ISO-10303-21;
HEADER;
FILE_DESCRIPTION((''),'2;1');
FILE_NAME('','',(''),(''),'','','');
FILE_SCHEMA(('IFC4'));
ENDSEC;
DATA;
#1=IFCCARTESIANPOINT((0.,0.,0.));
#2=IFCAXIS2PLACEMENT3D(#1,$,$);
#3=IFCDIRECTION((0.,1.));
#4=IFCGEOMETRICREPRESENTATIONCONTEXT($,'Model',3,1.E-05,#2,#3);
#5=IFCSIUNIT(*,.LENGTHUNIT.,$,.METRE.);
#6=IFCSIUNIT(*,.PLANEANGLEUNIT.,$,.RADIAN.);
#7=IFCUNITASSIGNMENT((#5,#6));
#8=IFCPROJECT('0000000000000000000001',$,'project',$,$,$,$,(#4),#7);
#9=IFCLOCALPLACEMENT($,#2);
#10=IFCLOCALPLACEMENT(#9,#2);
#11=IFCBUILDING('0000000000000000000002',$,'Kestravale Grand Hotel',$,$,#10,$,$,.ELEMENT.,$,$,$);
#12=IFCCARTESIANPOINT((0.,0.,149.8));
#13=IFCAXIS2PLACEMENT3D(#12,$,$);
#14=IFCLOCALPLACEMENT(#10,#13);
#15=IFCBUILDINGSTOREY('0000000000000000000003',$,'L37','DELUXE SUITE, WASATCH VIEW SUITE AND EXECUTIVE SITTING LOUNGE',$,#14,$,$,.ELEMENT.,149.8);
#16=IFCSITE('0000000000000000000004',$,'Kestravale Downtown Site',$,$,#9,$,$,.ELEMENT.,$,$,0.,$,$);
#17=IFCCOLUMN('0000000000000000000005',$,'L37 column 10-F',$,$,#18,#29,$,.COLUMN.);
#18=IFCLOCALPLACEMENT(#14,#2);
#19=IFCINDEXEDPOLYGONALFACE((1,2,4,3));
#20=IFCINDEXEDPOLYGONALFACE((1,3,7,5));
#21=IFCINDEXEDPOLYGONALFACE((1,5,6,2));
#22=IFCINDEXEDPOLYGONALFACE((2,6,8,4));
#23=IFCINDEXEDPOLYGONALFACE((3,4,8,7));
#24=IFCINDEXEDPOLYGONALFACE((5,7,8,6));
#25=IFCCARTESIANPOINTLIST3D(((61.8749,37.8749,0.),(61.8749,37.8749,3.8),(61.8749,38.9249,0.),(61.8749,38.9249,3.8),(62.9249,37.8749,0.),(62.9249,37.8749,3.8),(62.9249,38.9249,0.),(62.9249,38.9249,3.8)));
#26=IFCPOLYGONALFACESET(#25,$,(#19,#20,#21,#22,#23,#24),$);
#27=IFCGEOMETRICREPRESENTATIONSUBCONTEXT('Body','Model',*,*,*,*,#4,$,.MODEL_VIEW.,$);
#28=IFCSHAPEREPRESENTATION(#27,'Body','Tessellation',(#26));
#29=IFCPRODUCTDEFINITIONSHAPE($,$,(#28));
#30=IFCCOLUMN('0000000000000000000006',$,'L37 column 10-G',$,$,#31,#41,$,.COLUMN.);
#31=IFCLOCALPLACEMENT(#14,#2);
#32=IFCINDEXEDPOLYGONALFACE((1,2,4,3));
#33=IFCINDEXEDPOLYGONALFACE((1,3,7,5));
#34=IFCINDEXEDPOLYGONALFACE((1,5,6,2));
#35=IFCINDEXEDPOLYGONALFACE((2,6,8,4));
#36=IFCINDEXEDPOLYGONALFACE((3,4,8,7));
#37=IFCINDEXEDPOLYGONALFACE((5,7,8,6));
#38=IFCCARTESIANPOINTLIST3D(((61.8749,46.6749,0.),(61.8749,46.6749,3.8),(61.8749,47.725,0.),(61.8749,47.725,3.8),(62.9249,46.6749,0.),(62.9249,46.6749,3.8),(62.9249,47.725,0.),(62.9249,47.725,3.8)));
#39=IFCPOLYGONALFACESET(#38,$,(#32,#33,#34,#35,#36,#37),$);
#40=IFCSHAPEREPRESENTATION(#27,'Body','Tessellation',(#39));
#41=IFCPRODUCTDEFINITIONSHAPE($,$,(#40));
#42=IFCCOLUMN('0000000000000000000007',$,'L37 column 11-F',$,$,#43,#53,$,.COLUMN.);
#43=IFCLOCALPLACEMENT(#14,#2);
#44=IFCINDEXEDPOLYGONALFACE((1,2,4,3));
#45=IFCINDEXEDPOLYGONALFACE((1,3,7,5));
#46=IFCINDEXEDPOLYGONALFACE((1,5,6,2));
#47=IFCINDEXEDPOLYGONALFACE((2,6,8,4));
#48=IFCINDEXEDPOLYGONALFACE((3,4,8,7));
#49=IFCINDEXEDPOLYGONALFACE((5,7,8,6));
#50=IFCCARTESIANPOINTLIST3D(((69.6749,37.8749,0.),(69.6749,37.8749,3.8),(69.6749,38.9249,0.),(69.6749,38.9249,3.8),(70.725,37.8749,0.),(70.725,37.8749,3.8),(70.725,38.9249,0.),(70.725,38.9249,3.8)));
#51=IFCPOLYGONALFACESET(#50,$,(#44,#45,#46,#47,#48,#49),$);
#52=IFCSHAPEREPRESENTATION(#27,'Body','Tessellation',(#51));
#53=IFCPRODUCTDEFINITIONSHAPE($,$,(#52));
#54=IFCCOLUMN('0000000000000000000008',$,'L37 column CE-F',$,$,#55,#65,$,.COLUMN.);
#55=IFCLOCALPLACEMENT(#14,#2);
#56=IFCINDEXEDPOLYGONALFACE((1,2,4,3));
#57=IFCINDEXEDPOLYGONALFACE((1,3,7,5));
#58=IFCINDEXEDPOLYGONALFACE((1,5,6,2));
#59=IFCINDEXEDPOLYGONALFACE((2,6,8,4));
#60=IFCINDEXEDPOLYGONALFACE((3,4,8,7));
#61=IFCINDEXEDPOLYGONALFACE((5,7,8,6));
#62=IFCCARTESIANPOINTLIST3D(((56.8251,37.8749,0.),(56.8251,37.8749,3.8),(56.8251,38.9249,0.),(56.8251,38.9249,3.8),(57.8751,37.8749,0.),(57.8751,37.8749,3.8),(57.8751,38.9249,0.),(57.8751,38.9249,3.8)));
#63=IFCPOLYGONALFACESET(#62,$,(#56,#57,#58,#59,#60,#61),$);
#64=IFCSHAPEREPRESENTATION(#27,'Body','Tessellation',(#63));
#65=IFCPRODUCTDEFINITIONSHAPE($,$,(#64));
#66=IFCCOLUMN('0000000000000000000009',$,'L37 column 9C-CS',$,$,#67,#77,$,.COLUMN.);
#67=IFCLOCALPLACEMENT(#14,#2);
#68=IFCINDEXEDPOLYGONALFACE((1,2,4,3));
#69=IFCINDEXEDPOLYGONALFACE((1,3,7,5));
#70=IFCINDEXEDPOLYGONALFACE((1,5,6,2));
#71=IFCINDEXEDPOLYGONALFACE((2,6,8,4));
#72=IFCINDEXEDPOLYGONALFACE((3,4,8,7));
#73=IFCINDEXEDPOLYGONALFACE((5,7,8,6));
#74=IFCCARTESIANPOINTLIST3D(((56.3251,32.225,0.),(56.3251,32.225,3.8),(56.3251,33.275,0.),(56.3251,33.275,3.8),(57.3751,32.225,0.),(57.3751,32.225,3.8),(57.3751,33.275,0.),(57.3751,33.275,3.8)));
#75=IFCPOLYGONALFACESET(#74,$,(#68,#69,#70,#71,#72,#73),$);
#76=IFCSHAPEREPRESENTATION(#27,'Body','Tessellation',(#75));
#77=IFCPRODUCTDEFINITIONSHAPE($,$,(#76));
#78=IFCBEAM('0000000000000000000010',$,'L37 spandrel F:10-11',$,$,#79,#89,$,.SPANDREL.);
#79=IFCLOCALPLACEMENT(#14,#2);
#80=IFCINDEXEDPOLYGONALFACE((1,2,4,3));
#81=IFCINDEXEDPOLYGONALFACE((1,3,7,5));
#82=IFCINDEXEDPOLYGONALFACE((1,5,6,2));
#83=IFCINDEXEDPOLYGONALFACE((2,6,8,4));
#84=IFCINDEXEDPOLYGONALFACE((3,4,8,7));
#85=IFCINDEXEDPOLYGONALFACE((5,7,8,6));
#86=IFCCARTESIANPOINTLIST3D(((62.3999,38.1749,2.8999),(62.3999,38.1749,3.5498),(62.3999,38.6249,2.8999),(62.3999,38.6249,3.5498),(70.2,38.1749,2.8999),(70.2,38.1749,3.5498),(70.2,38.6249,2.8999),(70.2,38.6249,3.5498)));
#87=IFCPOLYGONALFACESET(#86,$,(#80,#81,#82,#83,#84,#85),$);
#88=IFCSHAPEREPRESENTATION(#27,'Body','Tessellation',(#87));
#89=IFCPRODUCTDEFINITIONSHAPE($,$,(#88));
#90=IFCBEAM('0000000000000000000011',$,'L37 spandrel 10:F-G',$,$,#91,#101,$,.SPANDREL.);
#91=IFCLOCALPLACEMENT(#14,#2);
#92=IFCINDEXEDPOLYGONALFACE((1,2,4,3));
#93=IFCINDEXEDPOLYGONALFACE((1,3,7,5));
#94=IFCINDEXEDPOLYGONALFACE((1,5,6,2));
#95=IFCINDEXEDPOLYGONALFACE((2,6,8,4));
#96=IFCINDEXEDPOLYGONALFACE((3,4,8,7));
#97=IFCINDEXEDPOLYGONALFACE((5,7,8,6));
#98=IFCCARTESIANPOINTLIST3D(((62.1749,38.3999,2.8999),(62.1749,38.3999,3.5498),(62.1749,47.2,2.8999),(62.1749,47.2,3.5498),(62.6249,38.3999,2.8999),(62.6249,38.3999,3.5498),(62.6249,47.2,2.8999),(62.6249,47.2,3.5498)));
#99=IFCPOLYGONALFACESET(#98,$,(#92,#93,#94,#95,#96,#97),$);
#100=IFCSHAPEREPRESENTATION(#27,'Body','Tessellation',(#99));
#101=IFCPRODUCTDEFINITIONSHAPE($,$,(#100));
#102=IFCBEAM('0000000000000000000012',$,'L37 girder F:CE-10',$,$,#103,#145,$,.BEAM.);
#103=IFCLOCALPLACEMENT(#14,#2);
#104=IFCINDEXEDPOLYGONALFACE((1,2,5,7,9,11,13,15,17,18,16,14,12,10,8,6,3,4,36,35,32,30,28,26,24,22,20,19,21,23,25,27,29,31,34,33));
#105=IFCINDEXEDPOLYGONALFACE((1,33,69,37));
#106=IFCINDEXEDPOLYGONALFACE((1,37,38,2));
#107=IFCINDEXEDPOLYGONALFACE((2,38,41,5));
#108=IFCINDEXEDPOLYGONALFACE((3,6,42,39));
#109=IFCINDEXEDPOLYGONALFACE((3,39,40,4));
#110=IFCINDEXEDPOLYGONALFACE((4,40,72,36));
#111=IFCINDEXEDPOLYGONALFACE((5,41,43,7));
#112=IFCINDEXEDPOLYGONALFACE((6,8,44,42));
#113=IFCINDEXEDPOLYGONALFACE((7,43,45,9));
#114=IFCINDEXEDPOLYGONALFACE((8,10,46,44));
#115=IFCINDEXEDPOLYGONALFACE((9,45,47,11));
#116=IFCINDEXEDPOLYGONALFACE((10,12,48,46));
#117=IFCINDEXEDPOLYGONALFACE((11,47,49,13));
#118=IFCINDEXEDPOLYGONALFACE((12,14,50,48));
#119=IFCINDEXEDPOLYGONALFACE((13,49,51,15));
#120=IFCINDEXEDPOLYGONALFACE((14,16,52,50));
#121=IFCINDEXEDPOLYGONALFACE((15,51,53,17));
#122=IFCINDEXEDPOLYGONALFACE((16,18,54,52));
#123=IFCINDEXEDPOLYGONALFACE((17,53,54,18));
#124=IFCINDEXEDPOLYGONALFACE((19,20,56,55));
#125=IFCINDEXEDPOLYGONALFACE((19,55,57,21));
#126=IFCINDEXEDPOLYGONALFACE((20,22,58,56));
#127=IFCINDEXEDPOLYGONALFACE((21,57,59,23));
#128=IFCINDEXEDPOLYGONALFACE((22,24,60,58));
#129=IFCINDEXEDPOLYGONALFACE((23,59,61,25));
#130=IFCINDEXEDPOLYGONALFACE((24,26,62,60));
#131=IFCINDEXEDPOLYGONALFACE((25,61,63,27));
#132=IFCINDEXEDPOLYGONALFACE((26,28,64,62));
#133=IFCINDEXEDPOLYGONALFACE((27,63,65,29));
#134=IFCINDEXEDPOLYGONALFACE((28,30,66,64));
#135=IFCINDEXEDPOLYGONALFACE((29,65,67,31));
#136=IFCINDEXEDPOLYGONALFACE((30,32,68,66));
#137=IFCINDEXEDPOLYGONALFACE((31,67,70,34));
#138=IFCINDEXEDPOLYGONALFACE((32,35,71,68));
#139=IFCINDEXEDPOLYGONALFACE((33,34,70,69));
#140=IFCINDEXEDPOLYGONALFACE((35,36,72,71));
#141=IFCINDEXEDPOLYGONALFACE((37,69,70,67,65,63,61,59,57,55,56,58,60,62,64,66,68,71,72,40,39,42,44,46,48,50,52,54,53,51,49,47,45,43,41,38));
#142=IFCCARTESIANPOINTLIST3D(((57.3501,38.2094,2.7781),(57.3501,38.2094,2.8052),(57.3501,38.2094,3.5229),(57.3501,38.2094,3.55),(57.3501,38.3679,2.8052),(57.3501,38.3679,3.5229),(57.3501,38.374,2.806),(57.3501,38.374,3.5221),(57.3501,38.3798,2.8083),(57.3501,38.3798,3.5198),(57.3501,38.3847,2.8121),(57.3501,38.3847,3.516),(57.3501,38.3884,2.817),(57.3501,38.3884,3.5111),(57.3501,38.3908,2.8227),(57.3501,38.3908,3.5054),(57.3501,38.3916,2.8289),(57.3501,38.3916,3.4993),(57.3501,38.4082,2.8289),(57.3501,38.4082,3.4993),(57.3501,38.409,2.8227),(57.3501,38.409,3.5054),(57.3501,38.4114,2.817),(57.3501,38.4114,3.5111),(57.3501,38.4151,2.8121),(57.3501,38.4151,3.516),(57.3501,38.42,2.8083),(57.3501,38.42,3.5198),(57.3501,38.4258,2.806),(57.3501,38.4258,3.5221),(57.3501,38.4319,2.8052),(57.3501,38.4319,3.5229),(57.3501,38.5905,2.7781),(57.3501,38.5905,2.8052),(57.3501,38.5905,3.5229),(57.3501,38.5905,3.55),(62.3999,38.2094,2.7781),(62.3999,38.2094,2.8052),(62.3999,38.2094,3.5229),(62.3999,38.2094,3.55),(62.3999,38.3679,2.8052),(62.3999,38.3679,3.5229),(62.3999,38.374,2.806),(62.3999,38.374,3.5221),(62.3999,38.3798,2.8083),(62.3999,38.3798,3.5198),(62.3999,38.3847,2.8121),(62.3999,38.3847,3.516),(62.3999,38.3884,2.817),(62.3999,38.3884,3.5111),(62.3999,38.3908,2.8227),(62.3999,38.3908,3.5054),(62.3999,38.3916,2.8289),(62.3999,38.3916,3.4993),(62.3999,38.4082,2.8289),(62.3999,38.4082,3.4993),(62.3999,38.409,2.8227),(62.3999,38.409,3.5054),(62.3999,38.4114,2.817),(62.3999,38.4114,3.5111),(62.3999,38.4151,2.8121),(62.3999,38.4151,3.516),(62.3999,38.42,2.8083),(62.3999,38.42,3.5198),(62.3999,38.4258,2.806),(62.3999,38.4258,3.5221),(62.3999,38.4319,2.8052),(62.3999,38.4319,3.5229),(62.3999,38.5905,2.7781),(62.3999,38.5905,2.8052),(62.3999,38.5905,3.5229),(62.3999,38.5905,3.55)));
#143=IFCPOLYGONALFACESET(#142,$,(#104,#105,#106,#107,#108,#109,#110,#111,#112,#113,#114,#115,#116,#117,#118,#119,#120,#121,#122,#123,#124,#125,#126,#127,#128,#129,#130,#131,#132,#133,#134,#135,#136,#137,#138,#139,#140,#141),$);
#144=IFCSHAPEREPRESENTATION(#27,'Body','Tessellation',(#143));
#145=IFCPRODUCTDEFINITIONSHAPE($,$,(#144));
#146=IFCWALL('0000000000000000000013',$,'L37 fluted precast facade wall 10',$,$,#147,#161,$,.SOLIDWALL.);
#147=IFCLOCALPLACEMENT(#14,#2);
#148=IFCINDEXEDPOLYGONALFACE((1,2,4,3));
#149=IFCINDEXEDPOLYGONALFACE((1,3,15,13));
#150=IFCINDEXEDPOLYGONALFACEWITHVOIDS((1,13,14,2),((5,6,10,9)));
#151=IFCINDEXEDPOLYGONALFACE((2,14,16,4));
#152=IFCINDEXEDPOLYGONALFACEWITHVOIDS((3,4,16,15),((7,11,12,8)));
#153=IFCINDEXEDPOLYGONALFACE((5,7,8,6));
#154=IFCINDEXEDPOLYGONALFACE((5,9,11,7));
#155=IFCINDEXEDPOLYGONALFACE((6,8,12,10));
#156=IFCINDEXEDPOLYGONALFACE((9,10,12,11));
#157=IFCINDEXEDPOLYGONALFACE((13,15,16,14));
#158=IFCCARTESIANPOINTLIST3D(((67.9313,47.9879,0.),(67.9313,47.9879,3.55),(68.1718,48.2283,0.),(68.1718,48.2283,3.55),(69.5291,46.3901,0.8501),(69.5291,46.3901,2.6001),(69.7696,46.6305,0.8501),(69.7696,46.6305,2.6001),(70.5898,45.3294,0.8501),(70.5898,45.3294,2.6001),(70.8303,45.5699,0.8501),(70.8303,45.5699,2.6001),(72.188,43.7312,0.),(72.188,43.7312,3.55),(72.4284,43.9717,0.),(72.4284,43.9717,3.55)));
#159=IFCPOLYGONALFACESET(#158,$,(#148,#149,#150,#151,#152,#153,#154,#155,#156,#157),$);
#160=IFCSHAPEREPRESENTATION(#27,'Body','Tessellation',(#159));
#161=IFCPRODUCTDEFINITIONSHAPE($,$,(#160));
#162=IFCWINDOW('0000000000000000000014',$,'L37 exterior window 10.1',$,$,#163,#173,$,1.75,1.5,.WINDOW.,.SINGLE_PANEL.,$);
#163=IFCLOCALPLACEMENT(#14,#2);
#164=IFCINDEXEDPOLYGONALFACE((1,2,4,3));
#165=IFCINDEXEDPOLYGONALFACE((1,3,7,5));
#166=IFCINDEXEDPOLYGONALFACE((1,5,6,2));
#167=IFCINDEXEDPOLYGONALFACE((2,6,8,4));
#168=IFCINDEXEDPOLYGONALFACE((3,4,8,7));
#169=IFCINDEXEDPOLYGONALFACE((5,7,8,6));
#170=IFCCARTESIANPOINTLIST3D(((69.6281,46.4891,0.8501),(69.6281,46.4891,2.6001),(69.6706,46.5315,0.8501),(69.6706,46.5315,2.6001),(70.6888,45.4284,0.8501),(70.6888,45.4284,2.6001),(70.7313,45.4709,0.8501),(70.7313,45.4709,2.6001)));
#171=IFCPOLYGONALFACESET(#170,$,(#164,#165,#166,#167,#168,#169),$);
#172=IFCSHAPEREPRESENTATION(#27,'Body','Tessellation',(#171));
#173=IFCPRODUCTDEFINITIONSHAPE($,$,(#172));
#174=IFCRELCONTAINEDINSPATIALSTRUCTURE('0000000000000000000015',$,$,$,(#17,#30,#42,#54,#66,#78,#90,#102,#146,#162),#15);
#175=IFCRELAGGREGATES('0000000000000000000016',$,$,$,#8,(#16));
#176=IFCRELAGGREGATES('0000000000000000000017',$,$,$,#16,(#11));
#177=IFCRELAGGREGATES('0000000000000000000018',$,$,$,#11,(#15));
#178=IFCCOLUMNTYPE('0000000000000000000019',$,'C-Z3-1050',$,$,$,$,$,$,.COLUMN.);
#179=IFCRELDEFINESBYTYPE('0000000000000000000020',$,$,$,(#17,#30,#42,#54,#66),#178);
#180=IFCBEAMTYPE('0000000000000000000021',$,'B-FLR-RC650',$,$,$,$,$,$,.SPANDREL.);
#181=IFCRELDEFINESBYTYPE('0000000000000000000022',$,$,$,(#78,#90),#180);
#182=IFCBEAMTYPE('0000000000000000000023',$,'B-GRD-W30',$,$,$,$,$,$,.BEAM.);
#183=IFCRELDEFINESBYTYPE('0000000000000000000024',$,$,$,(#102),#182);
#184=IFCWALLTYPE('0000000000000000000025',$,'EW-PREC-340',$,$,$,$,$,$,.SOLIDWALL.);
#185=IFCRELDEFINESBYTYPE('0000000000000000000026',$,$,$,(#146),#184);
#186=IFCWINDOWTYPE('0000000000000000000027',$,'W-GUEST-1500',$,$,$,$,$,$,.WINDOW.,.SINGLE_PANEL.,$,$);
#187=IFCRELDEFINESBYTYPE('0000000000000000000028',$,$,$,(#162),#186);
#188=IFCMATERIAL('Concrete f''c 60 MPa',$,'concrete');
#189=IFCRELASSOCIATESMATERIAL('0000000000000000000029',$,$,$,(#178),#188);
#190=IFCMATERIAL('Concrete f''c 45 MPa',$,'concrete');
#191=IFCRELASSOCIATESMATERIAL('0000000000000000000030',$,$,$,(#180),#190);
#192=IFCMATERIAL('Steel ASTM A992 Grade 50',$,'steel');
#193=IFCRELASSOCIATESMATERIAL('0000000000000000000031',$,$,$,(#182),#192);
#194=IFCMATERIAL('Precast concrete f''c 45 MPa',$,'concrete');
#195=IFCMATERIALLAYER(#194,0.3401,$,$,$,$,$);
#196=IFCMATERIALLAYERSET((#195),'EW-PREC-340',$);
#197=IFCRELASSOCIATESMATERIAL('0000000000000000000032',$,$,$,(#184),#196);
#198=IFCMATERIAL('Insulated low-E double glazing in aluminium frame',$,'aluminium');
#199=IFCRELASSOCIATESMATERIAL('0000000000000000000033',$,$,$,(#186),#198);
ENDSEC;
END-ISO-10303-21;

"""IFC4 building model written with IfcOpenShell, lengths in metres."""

from ifc_helpers import new_model, si_unit, direction, frame, frame_2d, origin, origin_2d, place, context, subcontext, project, spatial, rectangle, i_section, extrude, material, layer, layer_set, material_profile, profile_set, type_object, element, fill, save


model = new_model("IFC4")

# Units and contexts
model_context = context("Model", 3, precision=1e-05, world=origin(), true_north=direction((0.0, 1.0)))
body_context = subcontext(model_context, "Body", "Model", "MODEL_VIEW")
ifc_project = project(units=[si_unit("LENGTHUNIT", "METRE"), si_unit("PLANEANGLEUNIT", "RADIAN")], contexts=[model_context])

# Site, building, storey
site_placement = place(None, origin())
site = spatial("IfcSite", under=ifc_project, at=site_placement, Name="Kestravale Downtown Site", CompositionType="ELEMENT", RefElevation=0.0)
building_placement = place(site_placement, origin())
building = spatial("IfcBuilding", under=site, at=building_placement, Name="Kestravale Grand Hotel", CompositionType="ELEMENT")
storey_placement = place(building_placement, frame((0.0, 0.0, 149.8)))
storey = spatial("IfcBuildingStorey", under=building, at=storey_placement, Name="L37", Description="DELUXE SUITE, WASATCH VIEW SUITE AND EXECUTIVE SITTING LOUNGE", CompositionType="ELEMENT", Elevation=149.8)

# Columns
ifc_material_1 = material(Name="Concrete f'c 60 MPa", Category="concrete")
ifc_material_profile_1 = material_profile(ifc_material_1, rectangle(XDim=1.05, YDim=1.05, at=origin_2d()))
ifc_profile_set_1 = profile_set([ifc_material_profile_1], Name="Concrete f'c 60 MPa")
column_type = type_object("IfcColumnType", Name="C-Z3-1050", PredefinedType="COLUMN", material=ifc_profile_set_1)
for number, where, z_axis, x_axis, name in (
    (1, (62.3999, 38.3999, 0.0), (0.0, 0.0, 1.0), (1.0, 0.0, 0.0), "L37 column 10-F"),
    (2, (62.3999, 47.2, 0.0), (0.0, 0.0, 1.0), (1.0, 0.0, 0.0), "L37 column 10-G"),
    (3, (70.2, 38.3999, 0.0), (0.0, 0.0, 1.0), (1.0, 0.0, 0.0), "L37 column 11-F"),
    (4, (57.3501, 38.3999, 0.0), (0.0, 0.0, 1.0), (1.0, 0.0, 0.0), "L37 column CE-F"),
    (5, (56.8501, 32.75, 0.0), (0.0, 0.0, 1.0), (1.0, 0.0, 0.0), "L37 column 9C-CS"),
):
    element("IfcColumn", number, at=place(storey_placement, frame(where, z_axis=z_axis, x_axis=x_axis)), inside=storey, type_object=column_type, Name=name, PredefinedType="COLUMN", context=body_context, shape_type="SweptSolid", body=[
        extrude(rectangle(XDim=1.05, YDim=1.05, at=origin_2d()), origin(), (0.0, 0.0, 1.0), 3.8),
    ])

# Beams
ifc_material_2 = material(Name="Concrete f'c 45 MPa", Category="concrete")
ifc_material_profile_2 = material_profile(ifc_material_2, rectangle(XDim=0.45, YDim=0.6499, at=origin_2d()))
ifc_profile_set_2 = profile_set([ifc_material_profile_2], Name="Concrete f'c 45 MPa")
beam_type_1 = type_object("IfcBeamType", Name="B-FLR-RC650", PredefinedType="SPANDREL", material=ifc_profile_set_2)
beam_1_placement = place(storey_placement, frame((62.3999, 38.3999, 3.2249), z_axis=(1.0, 0.0, 0.0), x_axis=(0.0, 1.0, 0.0)))
element("IfcBeam", 6, at=beam_1_placement, inside=storey, type_object=beam_type_1, Name="L37 spandrel F:10-11", PredefinedType="SPANDREL", context=body_context, shape_type="SweptSolid", body=[
    extrude(rectangle(XDim=0.45, YDim=0.6499, at=origin_2d()), origin(), (0.0, 0.0, 1.0), 7.8),
])
beam_2_placement = place(storey_placement, frame((62.3999, 38.3999, 3.2249), z_axis=(0.0, 1.0, 0.0), x_axis=(-1.0, 0.0, 0.0)))
element("IfcBeam", 7, at=beam_2_placement, inside=storey, type_object=beam_type_1, Name="L37 spandrel 10:F-G", PredefinedType="SPANDREL", context=body_context, shape_type="SweptSolid", body=[
    extrude(rectangle(XDim=0.45, YDim=0.6499, at=origin_2d()), origin(), (0.0, 0.0, 1.0), 8.8),
])
ifc_material_3 = material(Name="Steel ASTM A992 Grade 50", Category="steel")
ifc_material_profile_3 = material_profile(ifc_material_3, i_section(OverallWidth=0.3811, OverallDepth=0.772, WebThickness=0.0166, FlangeThickness=0.0271, FilletRadius=0.0237, at=origin_2d()))
ifc_profile_set_3 = profile_set([ifc_material_profile_3], Name="Steel ASTM A992 Grade 50")
beam_type_2 = type_object("IfcBeamType", Name="B-GRD-W30", PredefinedType="BEAM", material=ifc_profile_set_3)
beam_3_placement = place(storey_placement, frame((57.3501, 38.3999, 3.1641), z_axis=(1.0, 0.0, 0.0), x_axis=(0.0, 1.0, 0.0)))
element("IfcBeam", 8, at=beam_3_placement, inside=storey, type_object=beam_type_2, Name="L37 girder F:CE-10", PredefinedType="BEAM", context=body_context, shape_type="SweptSolid", body=[
    extrude(i_section(OverallWidth=0.3811, OverallDepth=0.772, WebThickness=0.0166, FlangeThickness=0.0271, FilletRadius=0.0237, at=origin_2d()), origin(), (0.0, 0.0, 1.0), 5.0498),
])

# Wall, opening, window
ifc_material_4 = material(Name="Precast concrete f'c 45 MPa", Category="concrete")
ifc_layer_1 = layer(ifc_material_4, 0.3401)
ifc_layer_set_1 = layer_set([ifc_layer_1], Name="EW-PREC-340")
wall_type_1 = type_object("IfcWallType", Name="EW-PREC-340", PredefinedType="SOLIDWALL", material=ifc_layer_set_1)
wall_1_placement = place(storey_placement, frame((72.3081, 43.8516, 0.0), z_axis=(0.0, 0.0, 1.0), x_axis=(-0.707107, 0.707107, 0.0)))
wall_1 = element("IfcWall", 9, at=wall_1_placement, inside=storey, type_object=wall_type_1, Name="L37 fluted precast facade wall 10", PredefinedType="SOLIDWALL", context=body_context, shape_type="SweptSolid", body=[
    extrude(rectangle(XDim=6.0198, YDim=0.3401, at=frame_2d((3.0098, 0.0))), origin(), (0.0, 0.0, 1.0), 3.55),
])
opening_1_placement = place(wall_1_placement, frame((2.26, 0.0, 0.8501)))
opening_1 = element("IfcOpeningElement", 10, at=opening_1_placement, cuts=wall_1, PredefinedType="OPENING", context=body_context, shape_type="SweptSolid", body=[
    extrude(rectangle(XDim=1.5, YDim=1.75, at=frame_2d((0.75, 0.875))), frame((0.0, 0.1799, 0.0), z_axis=(0.0, -1.0, 0.0), x_axis=(1.0, 0.0, 0.0)), (0.0, 0.0, 1.0), 0.3601),
])
ifc_material_5 = material(Name="Insulated low-E double glazing in aluminium frame", Category="aluminium")
window_type = type_object("IfcWindowType", Name="W-GUEST-1500", PartitioningType="SINGLE_PANEL", PredefinedType="WINDOW", material=ifc_material_5)
window_1_placement = place(opening_1_placement, origin())
window_1 = element("IfcWindow", 11, at=window_1_placement, inside=storey, type_object=window_type, Name="L37 exterior window 10.1", OverallHeight=1.75, OverallWidth=1.5, PartitioningType="SINGLE_PANEL", PredefinedType="WINDOW", context=body_context, shape_type="SweptSolid", body=[
    extrude(rectangle(XDim=1.5, YDim=1.75, at=frame_2d((0.75, 0.875))), frame((0.0, 0.03, 0.0), z_axis=(0.0, -1.0, 0.0), x_axis=(1.0, 0.0, 0.0)), (0.0, 0.0, 1.0), 0.0601),
])
fill(opening_1, window_1)

save(model, "model.ifc")
